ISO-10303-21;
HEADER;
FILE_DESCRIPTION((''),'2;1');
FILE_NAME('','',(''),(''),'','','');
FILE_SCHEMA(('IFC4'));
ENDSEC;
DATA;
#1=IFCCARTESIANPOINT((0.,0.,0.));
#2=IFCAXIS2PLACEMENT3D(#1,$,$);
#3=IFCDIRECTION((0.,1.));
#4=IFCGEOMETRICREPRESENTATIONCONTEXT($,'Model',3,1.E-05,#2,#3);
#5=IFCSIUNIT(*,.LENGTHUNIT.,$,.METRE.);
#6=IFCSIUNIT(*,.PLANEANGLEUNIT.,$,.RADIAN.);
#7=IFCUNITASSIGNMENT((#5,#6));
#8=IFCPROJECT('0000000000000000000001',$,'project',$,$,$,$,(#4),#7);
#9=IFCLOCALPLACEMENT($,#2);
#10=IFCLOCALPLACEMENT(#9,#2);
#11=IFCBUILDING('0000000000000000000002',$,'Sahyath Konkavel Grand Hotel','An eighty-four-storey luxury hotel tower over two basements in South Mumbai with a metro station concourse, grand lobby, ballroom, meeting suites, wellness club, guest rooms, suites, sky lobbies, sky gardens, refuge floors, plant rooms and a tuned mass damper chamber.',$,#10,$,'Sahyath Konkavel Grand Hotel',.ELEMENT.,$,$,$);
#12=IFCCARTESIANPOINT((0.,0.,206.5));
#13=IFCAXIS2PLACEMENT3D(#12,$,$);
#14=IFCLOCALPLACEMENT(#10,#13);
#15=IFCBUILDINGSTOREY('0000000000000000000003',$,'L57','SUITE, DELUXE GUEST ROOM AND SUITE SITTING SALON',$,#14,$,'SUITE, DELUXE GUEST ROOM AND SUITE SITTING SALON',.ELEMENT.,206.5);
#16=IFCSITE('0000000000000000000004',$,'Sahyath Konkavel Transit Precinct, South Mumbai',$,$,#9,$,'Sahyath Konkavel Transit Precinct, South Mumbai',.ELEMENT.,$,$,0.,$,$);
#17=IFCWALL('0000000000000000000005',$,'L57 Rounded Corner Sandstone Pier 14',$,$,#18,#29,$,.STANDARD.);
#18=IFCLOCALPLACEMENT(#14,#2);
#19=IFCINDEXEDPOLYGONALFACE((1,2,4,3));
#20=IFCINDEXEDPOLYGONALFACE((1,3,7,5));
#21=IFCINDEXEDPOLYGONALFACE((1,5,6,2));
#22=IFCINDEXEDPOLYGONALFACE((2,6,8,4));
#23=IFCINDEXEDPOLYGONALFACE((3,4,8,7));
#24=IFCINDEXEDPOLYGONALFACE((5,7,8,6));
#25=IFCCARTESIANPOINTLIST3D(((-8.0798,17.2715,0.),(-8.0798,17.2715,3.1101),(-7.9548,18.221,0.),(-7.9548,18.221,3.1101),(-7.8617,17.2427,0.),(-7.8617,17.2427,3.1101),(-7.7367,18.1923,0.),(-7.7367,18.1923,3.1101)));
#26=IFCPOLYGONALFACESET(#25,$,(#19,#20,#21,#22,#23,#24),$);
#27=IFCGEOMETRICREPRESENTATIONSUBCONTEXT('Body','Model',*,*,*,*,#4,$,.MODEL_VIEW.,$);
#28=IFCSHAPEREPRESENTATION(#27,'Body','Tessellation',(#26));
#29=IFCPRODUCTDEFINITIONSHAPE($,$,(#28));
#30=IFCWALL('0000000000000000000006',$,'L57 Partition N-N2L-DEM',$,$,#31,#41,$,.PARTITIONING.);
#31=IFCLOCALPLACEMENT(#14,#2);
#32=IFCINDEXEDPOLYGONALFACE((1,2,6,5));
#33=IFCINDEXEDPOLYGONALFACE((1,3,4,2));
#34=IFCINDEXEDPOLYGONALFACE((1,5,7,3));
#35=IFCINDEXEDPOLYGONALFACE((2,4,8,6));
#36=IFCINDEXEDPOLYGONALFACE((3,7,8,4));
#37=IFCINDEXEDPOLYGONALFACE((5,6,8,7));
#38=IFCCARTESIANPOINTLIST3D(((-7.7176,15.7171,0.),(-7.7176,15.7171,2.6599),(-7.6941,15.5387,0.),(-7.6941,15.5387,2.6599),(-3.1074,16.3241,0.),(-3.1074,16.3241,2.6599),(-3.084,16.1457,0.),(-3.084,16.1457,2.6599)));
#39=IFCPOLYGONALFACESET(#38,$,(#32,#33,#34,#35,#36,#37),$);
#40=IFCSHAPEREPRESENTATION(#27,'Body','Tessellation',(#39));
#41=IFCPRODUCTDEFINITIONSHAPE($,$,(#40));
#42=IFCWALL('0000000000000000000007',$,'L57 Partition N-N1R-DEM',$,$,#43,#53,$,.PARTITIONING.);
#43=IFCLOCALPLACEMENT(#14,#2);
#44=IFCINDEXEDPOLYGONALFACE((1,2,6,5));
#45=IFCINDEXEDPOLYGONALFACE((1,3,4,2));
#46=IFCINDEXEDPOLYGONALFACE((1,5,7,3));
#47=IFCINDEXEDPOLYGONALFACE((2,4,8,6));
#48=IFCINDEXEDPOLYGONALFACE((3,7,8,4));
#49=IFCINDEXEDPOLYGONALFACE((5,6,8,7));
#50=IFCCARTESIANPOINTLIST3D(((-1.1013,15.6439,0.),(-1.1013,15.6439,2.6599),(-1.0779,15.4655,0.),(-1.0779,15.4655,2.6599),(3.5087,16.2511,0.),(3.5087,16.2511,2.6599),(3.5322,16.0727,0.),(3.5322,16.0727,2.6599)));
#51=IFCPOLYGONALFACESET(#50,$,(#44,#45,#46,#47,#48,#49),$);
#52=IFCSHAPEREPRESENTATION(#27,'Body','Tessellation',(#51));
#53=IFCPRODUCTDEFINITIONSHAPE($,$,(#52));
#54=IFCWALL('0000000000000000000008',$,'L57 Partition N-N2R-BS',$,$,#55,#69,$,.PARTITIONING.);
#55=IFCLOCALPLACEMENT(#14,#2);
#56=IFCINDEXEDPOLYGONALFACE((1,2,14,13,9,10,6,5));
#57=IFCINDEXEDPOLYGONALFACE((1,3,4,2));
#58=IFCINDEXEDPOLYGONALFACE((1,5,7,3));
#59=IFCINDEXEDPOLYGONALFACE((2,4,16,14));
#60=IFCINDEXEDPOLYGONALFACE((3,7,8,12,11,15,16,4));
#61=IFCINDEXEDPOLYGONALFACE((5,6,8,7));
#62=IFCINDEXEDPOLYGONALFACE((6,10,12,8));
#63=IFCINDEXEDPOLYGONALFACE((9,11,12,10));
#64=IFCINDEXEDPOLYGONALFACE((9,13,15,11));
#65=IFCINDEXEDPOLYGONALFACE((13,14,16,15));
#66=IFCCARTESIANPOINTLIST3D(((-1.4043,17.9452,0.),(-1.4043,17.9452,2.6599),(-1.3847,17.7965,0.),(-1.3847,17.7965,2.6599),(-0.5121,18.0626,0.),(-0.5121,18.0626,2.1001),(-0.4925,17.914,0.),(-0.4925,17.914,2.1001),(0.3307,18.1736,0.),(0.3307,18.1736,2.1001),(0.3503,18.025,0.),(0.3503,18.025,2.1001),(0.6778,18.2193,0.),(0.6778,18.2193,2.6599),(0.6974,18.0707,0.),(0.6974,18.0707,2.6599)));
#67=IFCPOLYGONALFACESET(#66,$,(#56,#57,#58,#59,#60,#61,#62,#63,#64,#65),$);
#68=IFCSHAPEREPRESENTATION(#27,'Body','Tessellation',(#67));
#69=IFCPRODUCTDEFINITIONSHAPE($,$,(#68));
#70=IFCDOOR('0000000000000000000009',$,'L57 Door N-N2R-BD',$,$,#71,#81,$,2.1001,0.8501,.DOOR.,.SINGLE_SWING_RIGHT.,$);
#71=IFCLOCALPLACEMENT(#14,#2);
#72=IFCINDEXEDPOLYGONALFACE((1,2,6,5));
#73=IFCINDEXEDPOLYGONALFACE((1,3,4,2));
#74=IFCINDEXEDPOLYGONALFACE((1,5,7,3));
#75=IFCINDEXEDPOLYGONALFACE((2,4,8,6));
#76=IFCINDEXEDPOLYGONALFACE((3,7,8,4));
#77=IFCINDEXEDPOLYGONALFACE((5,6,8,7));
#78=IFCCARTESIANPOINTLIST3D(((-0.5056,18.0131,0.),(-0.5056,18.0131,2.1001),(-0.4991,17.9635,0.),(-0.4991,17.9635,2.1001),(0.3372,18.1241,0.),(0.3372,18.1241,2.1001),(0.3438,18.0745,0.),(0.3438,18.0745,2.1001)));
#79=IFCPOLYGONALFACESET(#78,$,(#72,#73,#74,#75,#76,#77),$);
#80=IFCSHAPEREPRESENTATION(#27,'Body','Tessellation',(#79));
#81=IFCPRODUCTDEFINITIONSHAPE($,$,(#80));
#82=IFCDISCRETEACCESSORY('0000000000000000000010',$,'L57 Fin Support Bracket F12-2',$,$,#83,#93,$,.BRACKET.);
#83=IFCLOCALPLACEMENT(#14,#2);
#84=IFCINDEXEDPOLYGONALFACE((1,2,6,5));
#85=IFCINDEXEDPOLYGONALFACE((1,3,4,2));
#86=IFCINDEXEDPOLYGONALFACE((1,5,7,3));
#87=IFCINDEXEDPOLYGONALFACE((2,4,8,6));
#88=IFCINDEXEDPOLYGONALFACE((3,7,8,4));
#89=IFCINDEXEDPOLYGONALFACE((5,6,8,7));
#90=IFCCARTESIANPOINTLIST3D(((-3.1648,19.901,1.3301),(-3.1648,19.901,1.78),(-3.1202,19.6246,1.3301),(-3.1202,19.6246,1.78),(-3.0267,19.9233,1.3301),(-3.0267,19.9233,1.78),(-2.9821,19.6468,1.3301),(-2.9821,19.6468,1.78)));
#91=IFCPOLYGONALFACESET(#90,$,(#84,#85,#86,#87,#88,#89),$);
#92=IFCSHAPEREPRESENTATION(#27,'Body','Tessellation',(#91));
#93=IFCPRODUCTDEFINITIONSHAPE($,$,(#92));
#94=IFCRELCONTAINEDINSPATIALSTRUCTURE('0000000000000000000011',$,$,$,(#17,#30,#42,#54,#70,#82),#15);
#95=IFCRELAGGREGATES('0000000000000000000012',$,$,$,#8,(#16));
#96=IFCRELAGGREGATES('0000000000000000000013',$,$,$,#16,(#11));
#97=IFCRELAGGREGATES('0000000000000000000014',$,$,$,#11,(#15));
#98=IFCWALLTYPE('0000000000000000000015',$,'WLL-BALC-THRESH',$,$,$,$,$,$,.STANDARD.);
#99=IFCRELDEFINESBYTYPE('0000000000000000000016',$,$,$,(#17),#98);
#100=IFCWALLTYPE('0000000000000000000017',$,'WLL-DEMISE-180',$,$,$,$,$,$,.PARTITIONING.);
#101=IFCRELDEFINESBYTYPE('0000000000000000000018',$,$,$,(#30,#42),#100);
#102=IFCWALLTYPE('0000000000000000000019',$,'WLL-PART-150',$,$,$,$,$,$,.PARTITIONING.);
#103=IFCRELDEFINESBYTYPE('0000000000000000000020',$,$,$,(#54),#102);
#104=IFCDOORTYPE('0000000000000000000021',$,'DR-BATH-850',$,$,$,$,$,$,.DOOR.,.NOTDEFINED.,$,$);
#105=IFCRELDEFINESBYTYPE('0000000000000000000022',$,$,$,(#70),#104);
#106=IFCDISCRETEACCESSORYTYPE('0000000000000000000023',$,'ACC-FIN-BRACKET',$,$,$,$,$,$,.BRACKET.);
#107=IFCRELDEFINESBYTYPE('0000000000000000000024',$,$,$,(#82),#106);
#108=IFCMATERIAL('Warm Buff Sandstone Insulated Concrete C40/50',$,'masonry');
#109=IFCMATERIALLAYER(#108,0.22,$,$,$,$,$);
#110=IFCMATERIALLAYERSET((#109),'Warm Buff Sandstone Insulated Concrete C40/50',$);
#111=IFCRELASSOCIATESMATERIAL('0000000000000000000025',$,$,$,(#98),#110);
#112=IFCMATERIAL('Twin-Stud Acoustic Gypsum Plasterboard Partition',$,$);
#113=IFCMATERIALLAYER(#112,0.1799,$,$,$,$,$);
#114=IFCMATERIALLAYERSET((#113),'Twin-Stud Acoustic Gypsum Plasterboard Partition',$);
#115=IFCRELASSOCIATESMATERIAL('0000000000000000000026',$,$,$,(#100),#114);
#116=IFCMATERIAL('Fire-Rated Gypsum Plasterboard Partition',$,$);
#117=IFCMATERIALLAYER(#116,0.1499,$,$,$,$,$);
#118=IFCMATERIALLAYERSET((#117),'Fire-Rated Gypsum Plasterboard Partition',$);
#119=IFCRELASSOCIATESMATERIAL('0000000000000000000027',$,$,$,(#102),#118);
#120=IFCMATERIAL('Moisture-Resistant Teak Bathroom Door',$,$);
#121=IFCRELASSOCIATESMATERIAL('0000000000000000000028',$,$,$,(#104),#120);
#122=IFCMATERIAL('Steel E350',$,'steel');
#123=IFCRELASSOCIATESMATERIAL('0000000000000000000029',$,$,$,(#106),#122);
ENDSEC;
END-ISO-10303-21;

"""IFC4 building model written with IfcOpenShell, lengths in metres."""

from ifc_helpers import new_model, si_unit, direction, frame, frame_2d, origin, origin_2d, place, context, subcontext, project, spatial, rectangle, extrude, source, transform, mapped, material, layer, layer_set, type_object, element, fill, save


model = new_model("IFC4")

# Units and contexts
model_context = context("Model", 3, precision=1e-05, world=origin(), true_north=direction((0.0, 1.0)))
body_context = subcontext(model_context, "Body", "Model", "MODEL_VIEW")
ifc_project = project(units=[si_unit("LENGTHUNIT", "METRE"), si_unit("PLANEANGLEUNIT", "RADIAN")], contexts=[model_context])

# Site, building, storey
site_placement = place(None, origin())
site = spatial("IfcSite", under=ifc_project, at=site_placement, Name="Sahyath Konkavel Transit Precinct, South Mumbai", LongName="Sahyath Konkavel Transit Precinct, South Mumbai", CompositionType="ELEMENT", RefElevation=0.0)
building_placement = place(site_placement, origin())
building = spatial("IfcBuilding", under=site, at=building_placement, Name="Sahyath Konkavel Grand Hotel", Description="An eighty-four-storey luxury hotel tower over two basements in South Mumbai with a metro station concourse, grand lobby, ballroom, meeting suites, wellness club, guest rooms, suites, sky lobbies, sky gardens, refuge floors, plant rooms and a tuned mass damper chamber.", LongName="Sahyath Konkavel Grand Hotel", CompositionType="ELEMENT")
storey_placement = place(building_placement, frame((0.0, 0.0, 206.5)))
storey = spatial("IfcBuildingStorey", under=building, at=storey_placement, Name="L57", Description="SUITE, DELUXE GUEST ROOM AND SUITE SITTING SALON", LongName="SUITE, DELUXE GUEST ROOM AND SUITE SITTING SALON", CompositionType="ELEMENT", Elevation=206.5)

# Shared definitions
ifc_material_1 = material(Name="Steel E350", Category="steel")

# Walls
ifc_material_2 = material(Name="Warm Buff Sandstone Insulated Concrete C40/50", Category="masonry")
ifc_layer_1 = layer(ifc_material_2, 0.22)
ifc_layer_set_1 = layer_set([ifc_layer_1], Name="Warm Buff Sandstone Insulated Concrete C40/50")
wall_type_1 = type_object("IfcWallType", Name="WLL-BALC-THRESH", PredefinedType="STANDARD", material=ifc_layer_set_1)
wall_1_placement = place(storey_placement, frame((-7.8457, 18.2068, 0.0), z_axis=(0.0, 0.0, 1.0), x_axis=(-0.130527, -0.991445, 0.0)))
element("IfcWall", 1, at=wall_1_placement, inside=storey, type_object=wall_type_1, Name="L57 Rounded Corner Sandstone Pier 14", PredefinedType="STANDARD", context=body_context, shape_type="SweptSolid", body=[
    extrude(rectangle(XDim=0.9578, YDim=0.22, at=frame_2d((0.479, 0.0))), origin(), (0.0, 0.0, 1.0), 3.1101),
])
ifc_material_3 = material(Name="Twin-Stud Acoustic Gypsum Plasterboard Partition")
ifc_layer_2 = layer(ifc_material_3, 0.1799)
ifc_layer_set_2 = layer_set([ifc_layer_2], Name="Twin-Stud Acoustic Gypsum Plasterboard Partition")
wall_type_2 = type_object("IfcWallType", Name="WLL-DEMISE-180", PredefinedType="PARTITIONING", material=ifc_layer_set_2)
for number, where, z_axis, x_axis, name in (
    (2, (-3.0957, 16.2349, 0.0), (0.0, 0.0, 1.0), (-0.991445, -0.130526, 0.0), "L57 Partition N-N2L-DEM"),
    (3, (-1.0896, 15.5547, 0.0), (0.0, 0.0, 1.0), (0.991438, 0.130578, 0.0), "L57 Partition N-N1R-DEM"),
):
    element("IfcWall", number, at=place(storey_placement, frame(where, z_axis=z_axis, x_axis=x_axis)), inside=storey, type_object=wall_type_2, Name=name, PredefinedType="PARTITIONING", context=body_context, shape_type="SweptSolid", body=[
        extrude(rectangle(XDim=4.6499, YDim=0.1799, at=frame_2d((2.325, 0.0))), origin(), (0.0, 0.0, 1.0), 2.6599),
    ])

# Wall, opening, door
ifc_material_4 = material(Name="Fire-Rated Gypsum Plasterboard Partition")
ifc_layer_3 = layer(ifc_material_4, 0.1499)
ifc_layer_set_3 = layer_set([ifc_layer_3], Name="Fire-Rated Gypsum Plasterboard Partition")
wall_type_3 = type_object("IfcWallType", Name="WLL-PART-150", PredefinedType="PARTITIONING", material=ifc_layer_set_3)
wall_2_placement = place(storey_placement, frame((-1.3945, 17.8708, 0.0), z_axis=(0.0, 0.0, 1.0), x_axis=(0.991441, 0.130557, 0.0)))
wall_2 = element("IfcWall", 4, at=wall_2_placement, inside=storey, type_object=wall_type_3, Name="L57 Partition N-N2R-BS", PredefinedType="PARTITIONING", context=body_context, shape_type="SweptSolid", body=[
    extrude(rectangle(XDim=2.1001, YDim=0.1499, at=frame_2d((1.05, 0.0))), origin(), (0.0, 0.0, 1.0), 2.6599),
])
opening_placement = place(wall_2_placement, frame((0.8999, 0.0, 0.0)))
opening = element("IfcOpeningElement", 5, at=opening_placement, cuts=wall_2, PredefinedType="OPENING", context=body_context, shape_type="SweptSolid", body=[
    extrude(rectangle(XDim=0.8501, YDim=2.1001, at=frame_2d((0.425, 1.05))), frame((0.0, 0.085, 0.0), z_axis=(0.0, -1.0, 0.0), x_axis=(1.0, 0.0, 0.0)), (0.0, 0.0, 1.0), 0.1699),
])
ifc_material_5 = material(Name="Moisture-Resistant Teak Bathroom Door")
door_type = type_object("IfcDoorType", Name="DR-BATH-850", OperationType="NOTDEFINED", PredefinedType="DOOR", material=ifc_material_5)
shared_shape_1 = source(origin(), body_context, "Body", "SweptSolid", [
    extrude(rectangle(XDim=0.8501, YDim=0.05, at=origin_2d()), origin(), (0.0, 0.0, 1.0), 2.1001),
])
door_placement = place(opening_placement, frame((0.425, 0.0, 0.0)))
door = element("IfcDoor", 6, at=door_placement, inside=storey, type_object=door_type, Name="L57 Door N-N2R-BD", OperationType="SINGLE_SWING_RIGHT", OverallHeight=2.1001, OverallWidth=0.8501, PredefinedType="DOOR", context=body_context, shape_type="MappedRepresentation", body=[
    mapped(shared_shape_1, transform((0.0, 0.0, 0.0), scale=1.0)),
])
fill(opening, door)

# Discrete accessory
discrete_accessory_type = type_object("IfcDiscreteAccessoryType", Name="ACC-FIN-BRACKET", PredefinedType="BRACKET", material=ifc_material_1)
shared_shape_2 = source(origin(), body_context, "Body", "SweptSolid", [
    extrude(rectangle(XDim=0.28, YDim=0.1399, at=origin_2d()), origin(), (0.0, 0.0, 1.0), 0.45),
])
discrete_accessory_placement = place(storey_placement, frame((-3.0735, 19.7739, 1.3301), z_axis=(0.0, 0.0, 1.0), x_axis=(-0.159295, 0.987231, 0.0)))
element("IfcDiscreteAccessory", 7, at=discrete_accessory_placement, inside=storey, type_object=discrete_accessory_type, Name="L57 Fin Support Bracket F12-2", PredefinedType="BRACKET", context=body_context, shape_type="MappedRepresentation", body=[
    mapped(shared_shape_2, transform((0.0, 0.0, 0.0), scale=1.0)),
])

save(model, "model.ifc")
